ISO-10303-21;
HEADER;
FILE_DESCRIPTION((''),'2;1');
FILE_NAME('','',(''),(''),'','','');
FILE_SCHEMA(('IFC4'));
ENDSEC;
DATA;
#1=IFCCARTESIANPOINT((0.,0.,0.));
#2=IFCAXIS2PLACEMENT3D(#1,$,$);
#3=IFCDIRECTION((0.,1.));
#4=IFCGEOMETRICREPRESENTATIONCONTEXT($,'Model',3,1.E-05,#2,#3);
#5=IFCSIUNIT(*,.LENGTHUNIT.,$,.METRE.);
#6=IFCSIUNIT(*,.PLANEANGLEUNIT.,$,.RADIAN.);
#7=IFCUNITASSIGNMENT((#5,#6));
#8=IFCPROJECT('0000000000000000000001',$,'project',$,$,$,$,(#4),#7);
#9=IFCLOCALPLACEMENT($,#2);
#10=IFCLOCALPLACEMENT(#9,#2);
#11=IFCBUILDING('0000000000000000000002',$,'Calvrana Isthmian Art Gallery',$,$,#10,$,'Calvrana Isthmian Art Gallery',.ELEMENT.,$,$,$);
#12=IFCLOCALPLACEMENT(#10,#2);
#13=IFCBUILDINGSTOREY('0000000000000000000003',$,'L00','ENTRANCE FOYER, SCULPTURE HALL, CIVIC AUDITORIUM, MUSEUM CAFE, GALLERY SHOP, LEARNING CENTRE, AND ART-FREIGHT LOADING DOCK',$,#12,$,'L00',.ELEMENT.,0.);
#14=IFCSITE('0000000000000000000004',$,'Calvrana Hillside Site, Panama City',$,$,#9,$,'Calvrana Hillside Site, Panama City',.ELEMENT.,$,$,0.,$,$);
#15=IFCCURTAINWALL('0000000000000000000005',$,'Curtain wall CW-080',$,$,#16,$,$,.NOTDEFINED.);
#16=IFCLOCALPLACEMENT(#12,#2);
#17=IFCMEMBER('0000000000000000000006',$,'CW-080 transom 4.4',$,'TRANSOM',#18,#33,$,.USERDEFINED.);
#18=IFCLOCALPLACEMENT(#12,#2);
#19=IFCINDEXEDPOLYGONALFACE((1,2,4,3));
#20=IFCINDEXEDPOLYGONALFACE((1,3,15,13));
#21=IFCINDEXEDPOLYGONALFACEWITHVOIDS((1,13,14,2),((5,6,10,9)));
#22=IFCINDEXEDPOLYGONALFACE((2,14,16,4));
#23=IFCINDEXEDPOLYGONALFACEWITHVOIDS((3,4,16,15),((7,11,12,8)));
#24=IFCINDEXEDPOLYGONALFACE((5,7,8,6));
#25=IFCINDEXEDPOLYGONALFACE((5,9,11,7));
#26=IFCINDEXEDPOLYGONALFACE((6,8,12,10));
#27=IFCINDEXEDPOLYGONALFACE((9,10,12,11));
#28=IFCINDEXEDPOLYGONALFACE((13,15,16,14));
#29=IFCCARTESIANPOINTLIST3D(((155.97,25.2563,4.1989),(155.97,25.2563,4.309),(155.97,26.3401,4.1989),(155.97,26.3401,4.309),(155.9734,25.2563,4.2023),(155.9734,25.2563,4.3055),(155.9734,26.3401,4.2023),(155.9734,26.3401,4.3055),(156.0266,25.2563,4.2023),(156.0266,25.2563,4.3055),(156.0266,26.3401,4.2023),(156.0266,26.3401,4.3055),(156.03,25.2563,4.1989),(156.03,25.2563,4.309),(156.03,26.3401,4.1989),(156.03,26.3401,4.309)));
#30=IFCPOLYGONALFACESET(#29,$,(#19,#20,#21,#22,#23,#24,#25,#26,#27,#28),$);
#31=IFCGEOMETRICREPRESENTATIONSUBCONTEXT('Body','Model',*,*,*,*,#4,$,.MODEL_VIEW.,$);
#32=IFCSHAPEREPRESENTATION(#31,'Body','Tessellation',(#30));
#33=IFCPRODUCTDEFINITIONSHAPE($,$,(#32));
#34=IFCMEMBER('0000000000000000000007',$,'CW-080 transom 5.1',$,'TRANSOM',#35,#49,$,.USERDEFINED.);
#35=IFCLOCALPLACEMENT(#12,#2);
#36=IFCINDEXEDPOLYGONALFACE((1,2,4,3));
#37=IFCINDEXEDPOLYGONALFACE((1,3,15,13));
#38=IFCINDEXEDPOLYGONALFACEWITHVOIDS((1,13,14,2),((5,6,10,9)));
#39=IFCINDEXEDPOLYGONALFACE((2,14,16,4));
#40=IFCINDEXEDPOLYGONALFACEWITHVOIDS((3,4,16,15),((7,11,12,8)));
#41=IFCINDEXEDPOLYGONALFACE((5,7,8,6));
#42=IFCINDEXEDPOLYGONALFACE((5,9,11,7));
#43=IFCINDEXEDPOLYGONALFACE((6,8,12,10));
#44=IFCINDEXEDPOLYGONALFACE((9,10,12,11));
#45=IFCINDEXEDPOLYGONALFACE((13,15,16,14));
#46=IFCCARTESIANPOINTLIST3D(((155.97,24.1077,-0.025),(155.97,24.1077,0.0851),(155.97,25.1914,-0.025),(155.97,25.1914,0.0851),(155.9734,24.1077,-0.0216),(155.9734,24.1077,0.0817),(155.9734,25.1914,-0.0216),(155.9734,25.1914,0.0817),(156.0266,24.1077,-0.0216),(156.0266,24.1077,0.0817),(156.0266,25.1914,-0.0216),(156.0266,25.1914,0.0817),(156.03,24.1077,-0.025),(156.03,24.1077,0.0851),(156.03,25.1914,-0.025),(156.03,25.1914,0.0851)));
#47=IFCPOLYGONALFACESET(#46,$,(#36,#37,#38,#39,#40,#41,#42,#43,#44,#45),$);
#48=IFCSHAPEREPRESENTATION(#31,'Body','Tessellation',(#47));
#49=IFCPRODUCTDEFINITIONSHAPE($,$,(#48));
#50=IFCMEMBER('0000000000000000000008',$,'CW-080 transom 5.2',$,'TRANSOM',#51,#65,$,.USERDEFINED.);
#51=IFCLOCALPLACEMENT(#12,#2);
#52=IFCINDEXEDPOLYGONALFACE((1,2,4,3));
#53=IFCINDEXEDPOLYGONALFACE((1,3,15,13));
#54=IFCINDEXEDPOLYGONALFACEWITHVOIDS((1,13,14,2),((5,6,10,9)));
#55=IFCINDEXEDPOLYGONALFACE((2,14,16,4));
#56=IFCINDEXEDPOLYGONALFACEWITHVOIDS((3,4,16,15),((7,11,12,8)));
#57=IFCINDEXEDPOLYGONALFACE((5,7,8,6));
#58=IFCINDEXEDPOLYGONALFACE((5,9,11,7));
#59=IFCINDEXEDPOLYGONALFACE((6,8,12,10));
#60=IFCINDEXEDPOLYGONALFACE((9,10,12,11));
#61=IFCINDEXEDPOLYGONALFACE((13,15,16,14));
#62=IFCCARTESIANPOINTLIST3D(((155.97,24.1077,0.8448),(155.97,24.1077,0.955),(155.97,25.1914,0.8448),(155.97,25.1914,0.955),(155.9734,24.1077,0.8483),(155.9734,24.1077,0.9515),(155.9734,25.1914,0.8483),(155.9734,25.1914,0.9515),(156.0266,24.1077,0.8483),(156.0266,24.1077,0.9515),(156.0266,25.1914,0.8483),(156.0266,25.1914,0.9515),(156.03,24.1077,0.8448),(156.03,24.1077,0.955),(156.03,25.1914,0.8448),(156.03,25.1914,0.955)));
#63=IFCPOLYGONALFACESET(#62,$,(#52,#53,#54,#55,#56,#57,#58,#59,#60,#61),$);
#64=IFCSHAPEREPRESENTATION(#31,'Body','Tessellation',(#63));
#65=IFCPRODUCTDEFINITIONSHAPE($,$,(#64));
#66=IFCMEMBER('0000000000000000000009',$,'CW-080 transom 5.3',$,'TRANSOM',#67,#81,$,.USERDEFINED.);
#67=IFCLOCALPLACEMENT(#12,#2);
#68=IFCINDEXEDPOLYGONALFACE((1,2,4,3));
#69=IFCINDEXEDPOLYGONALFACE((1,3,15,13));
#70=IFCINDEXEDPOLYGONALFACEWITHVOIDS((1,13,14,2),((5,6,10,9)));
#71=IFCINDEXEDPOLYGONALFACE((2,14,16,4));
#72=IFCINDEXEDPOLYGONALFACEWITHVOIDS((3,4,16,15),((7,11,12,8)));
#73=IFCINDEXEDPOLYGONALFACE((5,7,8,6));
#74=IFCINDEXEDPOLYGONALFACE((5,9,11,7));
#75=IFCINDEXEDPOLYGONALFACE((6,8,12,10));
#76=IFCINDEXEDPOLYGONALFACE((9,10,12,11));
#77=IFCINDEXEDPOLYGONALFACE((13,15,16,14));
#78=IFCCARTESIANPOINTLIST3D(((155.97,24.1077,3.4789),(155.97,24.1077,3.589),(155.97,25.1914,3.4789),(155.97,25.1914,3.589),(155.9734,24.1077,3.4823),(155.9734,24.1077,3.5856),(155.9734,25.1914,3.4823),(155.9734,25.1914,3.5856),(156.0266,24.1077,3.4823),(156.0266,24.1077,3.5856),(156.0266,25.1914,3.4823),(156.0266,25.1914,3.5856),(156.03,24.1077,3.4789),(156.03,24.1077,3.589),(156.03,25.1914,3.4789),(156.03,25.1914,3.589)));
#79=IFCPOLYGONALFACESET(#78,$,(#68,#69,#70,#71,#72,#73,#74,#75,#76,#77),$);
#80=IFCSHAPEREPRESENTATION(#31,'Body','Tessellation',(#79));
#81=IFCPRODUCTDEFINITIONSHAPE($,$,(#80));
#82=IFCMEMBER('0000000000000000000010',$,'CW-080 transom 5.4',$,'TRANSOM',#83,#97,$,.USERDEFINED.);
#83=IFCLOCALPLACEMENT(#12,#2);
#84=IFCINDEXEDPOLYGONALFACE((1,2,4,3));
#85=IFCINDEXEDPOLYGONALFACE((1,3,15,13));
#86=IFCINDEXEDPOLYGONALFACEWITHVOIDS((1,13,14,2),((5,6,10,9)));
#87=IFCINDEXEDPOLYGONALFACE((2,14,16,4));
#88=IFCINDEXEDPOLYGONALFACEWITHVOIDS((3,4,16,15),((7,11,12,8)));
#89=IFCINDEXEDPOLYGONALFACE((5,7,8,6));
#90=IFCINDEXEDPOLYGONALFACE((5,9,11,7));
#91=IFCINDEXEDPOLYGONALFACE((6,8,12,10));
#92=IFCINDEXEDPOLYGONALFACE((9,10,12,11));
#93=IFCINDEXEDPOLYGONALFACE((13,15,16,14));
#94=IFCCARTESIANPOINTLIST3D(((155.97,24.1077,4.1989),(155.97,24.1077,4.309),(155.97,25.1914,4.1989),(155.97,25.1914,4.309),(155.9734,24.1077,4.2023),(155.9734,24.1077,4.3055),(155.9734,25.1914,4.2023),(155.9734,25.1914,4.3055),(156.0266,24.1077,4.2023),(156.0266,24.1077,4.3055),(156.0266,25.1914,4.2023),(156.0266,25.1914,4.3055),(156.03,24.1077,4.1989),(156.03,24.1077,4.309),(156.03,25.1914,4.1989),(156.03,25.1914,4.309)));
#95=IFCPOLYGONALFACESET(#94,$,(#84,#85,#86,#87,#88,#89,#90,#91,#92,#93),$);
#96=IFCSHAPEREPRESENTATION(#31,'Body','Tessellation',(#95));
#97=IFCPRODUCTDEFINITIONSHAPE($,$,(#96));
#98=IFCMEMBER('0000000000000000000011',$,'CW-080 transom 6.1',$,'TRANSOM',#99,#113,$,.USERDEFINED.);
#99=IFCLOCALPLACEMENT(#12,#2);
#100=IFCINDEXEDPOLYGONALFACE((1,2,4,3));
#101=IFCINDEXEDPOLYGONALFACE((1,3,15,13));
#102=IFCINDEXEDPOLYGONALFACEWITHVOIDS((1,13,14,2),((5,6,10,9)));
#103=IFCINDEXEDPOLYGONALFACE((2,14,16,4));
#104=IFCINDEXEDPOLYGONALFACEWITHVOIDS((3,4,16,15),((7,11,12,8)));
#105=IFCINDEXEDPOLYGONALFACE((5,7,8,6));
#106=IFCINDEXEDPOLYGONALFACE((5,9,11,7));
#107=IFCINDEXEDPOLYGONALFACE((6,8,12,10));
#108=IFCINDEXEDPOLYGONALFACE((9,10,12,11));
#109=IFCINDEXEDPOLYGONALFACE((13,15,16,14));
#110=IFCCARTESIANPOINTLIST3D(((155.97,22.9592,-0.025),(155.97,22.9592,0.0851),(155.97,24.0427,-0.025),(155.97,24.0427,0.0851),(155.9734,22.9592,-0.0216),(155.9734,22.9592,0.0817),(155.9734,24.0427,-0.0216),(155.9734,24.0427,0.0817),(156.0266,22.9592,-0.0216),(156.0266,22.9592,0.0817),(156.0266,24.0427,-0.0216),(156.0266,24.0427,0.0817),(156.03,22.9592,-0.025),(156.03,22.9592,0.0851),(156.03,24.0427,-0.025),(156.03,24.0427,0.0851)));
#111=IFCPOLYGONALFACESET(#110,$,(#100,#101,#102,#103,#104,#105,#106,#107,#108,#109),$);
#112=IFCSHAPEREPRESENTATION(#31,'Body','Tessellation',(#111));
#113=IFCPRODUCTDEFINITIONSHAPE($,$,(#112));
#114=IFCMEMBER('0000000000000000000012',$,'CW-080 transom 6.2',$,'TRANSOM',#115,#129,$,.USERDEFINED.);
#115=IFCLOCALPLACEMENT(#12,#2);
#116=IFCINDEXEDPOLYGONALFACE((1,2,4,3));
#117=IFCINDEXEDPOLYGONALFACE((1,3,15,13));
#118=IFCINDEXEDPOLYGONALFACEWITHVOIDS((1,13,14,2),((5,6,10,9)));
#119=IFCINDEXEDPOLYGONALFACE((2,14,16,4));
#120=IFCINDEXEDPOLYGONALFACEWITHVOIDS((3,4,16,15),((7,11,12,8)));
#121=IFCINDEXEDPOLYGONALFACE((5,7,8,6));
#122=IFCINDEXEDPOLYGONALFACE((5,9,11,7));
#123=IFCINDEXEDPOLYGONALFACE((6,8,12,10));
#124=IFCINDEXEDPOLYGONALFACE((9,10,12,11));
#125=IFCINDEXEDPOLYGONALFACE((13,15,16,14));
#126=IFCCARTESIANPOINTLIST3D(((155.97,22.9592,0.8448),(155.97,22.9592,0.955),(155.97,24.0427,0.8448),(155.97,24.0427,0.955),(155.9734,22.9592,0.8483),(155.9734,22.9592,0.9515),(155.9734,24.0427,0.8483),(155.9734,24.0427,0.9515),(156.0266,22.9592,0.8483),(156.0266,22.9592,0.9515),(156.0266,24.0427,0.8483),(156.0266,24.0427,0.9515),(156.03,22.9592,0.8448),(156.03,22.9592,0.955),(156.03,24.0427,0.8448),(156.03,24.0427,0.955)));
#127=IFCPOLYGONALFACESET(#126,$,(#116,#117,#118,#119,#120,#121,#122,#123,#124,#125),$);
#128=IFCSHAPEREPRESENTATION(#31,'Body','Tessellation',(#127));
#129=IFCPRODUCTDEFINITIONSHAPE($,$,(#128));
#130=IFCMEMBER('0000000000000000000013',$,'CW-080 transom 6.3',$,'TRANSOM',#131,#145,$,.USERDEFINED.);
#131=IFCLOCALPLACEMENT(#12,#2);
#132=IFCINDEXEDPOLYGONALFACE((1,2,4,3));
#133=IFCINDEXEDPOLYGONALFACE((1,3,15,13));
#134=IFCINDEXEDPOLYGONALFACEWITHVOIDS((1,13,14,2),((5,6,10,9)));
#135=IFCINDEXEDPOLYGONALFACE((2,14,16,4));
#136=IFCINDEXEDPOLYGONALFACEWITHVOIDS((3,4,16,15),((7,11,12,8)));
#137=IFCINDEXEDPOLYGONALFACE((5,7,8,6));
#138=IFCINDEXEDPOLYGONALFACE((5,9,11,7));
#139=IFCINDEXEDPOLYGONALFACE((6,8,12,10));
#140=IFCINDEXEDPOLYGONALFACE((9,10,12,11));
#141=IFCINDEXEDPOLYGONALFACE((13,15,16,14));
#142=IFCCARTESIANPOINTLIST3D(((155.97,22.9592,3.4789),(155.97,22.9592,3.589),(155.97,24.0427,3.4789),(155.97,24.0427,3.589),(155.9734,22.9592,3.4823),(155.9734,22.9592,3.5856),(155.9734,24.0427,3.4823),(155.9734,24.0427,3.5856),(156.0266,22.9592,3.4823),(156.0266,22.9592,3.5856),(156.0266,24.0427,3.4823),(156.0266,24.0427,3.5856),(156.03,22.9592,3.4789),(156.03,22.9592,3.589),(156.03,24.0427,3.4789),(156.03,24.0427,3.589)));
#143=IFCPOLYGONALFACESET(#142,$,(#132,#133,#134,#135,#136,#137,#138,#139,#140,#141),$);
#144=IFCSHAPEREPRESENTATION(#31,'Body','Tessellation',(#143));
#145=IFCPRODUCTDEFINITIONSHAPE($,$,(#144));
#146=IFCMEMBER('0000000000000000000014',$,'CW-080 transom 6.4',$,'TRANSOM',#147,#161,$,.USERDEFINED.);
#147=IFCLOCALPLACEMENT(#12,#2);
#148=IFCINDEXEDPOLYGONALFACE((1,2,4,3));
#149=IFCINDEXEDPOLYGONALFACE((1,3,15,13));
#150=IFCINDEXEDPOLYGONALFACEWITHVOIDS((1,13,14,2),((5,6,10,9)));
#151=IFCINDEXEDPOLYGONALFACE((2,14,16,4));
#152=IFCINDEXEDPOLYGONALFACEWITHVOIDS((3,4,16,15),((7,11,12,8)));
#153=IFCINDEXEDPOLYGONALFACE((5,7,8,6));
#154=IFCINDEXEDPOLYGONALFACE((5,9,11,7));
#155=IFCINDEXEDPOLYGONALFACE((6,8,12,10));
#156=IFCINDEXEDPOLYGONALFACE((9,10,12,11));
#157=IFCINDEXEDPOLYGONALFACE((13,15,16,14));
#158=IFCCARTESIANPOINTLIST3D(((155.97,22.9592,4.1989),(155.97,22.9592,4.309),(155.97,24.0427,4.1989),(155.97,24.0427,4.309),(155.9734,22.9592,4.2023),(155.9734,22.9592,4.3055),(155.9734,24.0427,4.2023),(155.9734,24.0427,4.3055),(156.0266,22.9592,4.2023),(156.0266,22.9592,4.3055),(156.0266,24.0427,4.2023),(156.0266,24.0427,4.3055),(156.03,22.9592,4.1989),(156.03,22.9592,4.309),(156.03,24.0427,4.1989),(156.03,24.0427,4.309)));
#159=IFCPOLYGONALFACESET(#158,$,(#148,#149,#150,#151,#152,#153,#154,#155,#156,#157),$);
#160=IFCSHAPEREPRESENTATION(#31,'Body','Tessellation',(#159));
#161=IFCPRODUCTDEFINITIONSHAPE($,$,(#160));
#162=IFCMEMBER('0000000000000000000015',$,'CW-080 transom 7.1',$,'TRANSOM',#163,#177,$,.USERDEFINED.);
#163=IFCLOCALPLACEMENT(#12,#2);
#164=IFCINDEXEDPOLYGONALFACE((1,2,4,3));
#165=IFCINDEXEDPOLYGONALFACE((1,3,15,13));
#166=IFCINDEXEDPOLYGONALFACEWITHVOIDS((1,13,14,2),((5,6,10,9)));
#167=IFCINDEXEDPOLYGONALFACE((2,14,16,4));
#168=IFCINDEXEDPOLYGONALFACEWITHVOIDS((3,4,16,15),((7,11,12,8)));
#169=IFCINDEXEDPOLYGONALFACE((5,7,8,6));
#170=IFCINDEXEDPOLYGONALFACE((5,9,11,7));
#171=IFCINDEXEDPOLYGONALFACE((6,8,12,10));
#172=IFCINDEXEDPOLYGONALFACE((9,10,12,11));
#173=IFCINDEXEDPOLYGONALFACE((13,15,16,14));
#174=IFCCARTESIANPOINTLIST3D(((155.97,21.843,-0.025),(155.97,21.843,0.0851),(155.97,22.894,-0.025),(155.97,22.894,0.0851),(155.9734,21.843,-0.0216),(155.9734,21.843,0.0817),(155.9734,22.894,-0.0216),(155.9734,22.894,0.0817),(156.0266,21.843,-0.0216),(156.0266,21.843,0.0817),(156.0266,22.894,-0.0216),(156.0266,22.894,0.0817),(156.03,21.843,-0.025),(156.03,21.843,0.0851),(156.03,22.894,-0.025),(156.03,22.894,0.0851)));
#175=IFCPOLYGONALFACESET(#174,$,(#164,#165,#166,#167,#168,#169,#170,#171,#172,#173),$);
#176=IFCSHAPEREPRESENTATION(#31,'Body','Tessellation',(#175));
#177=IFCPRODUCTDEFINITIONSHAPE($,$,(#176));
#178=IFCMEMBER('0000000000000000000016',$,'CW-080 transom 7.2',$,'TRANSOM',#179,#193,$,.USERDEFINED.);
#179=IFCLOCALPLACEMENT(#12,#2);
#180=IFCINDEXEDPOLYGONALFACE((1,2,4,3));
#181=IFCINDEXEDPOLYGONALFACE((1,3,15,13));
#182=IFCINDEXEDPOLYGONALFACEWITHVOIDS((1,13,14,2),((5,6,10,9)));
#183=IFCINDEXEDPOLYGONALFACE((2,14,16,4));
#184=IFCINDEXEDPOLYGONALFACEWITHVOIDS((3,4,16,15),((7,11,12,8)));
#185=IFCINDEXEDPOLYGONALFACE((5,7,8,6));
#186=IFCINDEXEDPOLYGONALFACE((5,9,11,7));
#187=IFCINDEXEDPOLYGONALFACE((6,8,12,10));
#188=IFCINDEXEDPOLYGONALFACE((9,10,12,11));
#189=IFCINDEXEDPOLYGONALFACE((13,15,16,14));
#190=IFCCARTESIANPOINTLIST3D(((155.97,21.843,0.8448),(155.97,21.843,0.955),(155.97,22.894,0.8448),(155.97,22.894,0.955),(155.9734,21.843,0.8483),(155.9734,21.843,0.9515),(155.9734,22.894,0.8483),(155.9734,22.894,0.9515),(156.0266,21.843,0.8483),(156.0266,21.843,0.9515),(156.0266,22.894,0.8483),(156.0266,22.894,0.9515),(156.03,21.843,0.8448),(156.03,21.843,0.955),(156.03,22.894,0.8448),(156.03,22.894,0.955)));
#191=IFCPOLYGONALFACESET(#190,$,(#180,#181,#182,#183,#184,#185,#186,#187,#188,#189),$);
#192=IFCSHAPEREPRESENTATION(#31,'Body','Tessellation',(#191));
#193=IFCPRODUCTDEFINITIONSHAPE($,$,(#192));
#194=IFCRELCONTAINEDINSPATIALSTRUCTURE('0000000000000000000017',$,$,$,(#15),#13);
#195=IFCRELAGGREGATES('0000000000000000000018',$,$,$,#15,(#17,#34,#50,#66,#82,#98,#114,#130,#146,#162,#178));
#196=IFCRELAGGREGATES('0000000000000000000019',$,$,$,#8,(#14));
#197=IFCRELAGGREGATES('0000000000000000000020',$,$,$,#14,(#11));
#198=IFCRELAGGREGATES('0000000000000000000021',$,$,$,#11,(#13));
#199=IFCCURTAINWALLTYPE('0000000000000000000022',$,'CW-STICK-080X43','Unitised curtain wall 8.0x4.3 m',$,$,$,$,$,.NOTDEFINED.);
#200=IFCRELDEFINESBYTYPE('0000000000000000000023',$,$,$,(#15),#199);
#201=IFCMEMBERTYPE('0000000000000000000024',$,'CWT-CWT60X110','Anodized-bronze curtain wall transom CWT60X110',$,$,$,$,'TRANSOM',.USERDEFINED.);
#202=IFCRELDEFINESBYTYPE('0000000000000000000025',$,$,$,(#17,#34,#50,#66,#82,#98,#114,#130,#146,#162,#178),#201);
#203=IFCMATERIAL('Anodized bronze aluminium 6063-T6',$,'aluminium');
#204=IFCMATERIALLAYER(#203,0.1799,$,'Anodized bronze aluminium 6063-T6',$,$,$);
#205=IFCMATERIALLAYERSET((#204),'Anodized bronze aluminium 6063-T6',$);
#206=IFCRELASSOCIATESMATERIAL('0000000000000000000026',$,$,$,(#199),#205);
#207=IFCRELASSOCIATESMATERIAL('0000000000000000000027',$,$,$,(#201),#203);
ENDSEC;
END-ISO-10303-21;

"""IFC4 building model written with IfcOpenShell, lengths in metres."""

from ifc_helpers import new_model, si_unit, direction, frame, origin, origin_2d, place, context, subcontext, project, spatial, hollow_rectangle, extrude, material, layer, layer_set, material_profile, profile_set, type_object, element, aggregate, save


model = new_model("IFC4")

# Units and contexts
model_context = context("Model", 3, precision=1e-05, world=origin(), true_north=direction((0.0, 1.0)))
body_context = subcontext(model_context, "Body", "Model", "MODEL_VIEW")
ifc_project = project(units=[si_unit("LENGTHUNIT", "METRE"), si_unit("PLANEANGLEUNIT", "RADIAN")], contexts=[model_context])

# Site, building, storey
site_placement = place(None, origin())
site = spatial("IfcSite", under=ifc_project, at=site_placement, Name="Calvrana Hillside Site, Panama City", LongName="Calvrana Hillside Site, Panama City", CompositionType="ELEMENT", RefElevation=0.0)
building_placement = place(site_placement, origin())
building = spatial("IfcBuilding", under=site, at=building_placement, Name="Calvrana Isthmian Art Gallery", LongName="Calvrana Isthmian Art Gallery", CompositionType="ELEMENT")
storey_placement = place(building_placement, origin())
storey = spatial("IfcBuildingStorey", under=building, at=storey_placement, Name="L00", Description="ENTRANCE FOYER, SCULPTURE HALL, CIVIC AUDITORIUM, MUSEUM CAFE, GALLERY SHOP, LEARNING CENTRE, AND ART-FREIGHT LOADING DOCK", LongName="L00", CompositionType="ELEMENT", Elevation=0.0)

# Curtain wall, members
ifc_material_1 = material(Name="Anodized bronze aluminium 6063-T6", Category="aluminium")
ifc_layer_1 = layer(ifc_material_1, 0.1799, Name="Anodized bronze aluminium 6063-T6")
ifc_layer_set_1 = layer_set([ifc_layer_1], Name="Anodized bronze aluminium 6063-T6")
curtain_wall_type = type_object("IfcCurtainWallType", Name="CW-STICK-080X43", Description="Unitised curtain wall 8.0x4.3 m", PredefinedType="NOTDEFINED", material=ifc_layer_set_1)
curtain_wall_placement = place(storey_placement, origin())
curtain_wall = element("IfcCurtainWall", 1, at=curtain_wall_placement, inside=storey, type_object=curtain_wall_type, Name="Curtain wall CW-080", PredefinedType="NOTDEFINED")
ifc_material_profile_1 = material_profile(ifc_material_1, hollow_rectangle(XDim=0.0601, YDim=0.1101, WallThickness=0.0034, at=origin_2d()), Name="CWT60X110")
ifc_profile_set_1 = profile_set([ifc_material_profile_1], Name="Anodized bronze aluminium 6063-T6")
member_type_1 = type_object("IfcMemberType", Name="CWT-CWT60X110", Description="Anodized-bronze curtain wall transom CWT60X110", ElementType="TRANSOM", PredefinedType="USERDEFINED", material=ifc_profile_set_1)
member_1_placement = place(storey_placement, frame((156.0, 26.3401, 4.2539), z_axis=(0.0, -1.0, 0.0), x_axis=(1.0, 0.0, 0.0)))
member_1 = element("IfcMember", 2, at=member_1_placement, type_object=member_type_1, Name="CW-080 transom 4.4", ObjectType="TRANSOM", PredefinedType="USERDEFINED", context=body_context, shape_type="SweptSolid", body=[
    extrude(hollow_rectangle(XDim=0.0601, YDim=0.1101, WallThickness=0.0034, at=origin_2d()), origin(), (0.0, 0.0, 1.0), 1.0837),
])
member_2_placement = place(storey_placement, frame((156.0, 25.1914, 0.03), z_axis=(0.0, -1.0, 0.0), x_axis=(1.0, 0.0, 0.0)))
member_2 = element("IfcMember", 3, at=member_2_placement, type_object=member_type_1, Name="CW-080 transom 5.1", ObjectType="TRANSOM", PredefinedType="USERDEFINED", context=body_context, shape_type="SweptSolid", body=[
    extrude(hollow_rectangle(XDim=0.0601, YDim=0.1101, WallThickness=0.0034, at=origin_2d()), origin(), (0.0, 0.0, 1.0), 1.0837),
])
member_3_placement = place(storey_placement, frame((156.0, 25.1914, 0.8999), z_axis=(0.0, -1.0, 0.0), x_axis=(1.0, 0.0, 0.0)))
member_3 = element("IfcMember", 4, at=member_3_placement, type_object=member_type_1, Name="CW-080 transom 5.2", ObjectType="TRANSOM", PredefinedType="USERDEFINED", context=body_context, shape_type="SweptSolid", body=[
    extrude(hollow_rectangle(XDim=0.0601, YDim=0.1101, WallThickness=0.0034, at=origin_2d()), origin(), (0.0, 0.0, 1.0), 1.0837),
])
member_4_placement = place(storey_placement, frame((156.0, 25.1914, 3.5339), z_axis=(0.0, -1.0, 0.0), x_axis=(1.0, 0.0, 0.0)))
member_4 = element("IfcMember", 5, at=member_4_placement, type_object=member_type_1, Name="CW-080 transom 5.3", ObjectType="TRANSOM", PredefinedType="USERDEFINED", context=body_context, shape_type="SweptSolid", body=[
    extrude(hollow_rectangle(XDim=0.0601, YDim=0.1101, WallThickness=0.0034, at=origin_2d()), origin(), (0.0, 0.0, 1.0), 1.0837),
])
member_5_placement = place(storey_placement, frame((156.0, 25.1914, 4.2539), z_axis=(0.0, -1.0, 0.0), x_axis=(1.0, 0.0, 0.0)))
member_5 = element("IfcMember", 6, at=member_5_placement, type_object=member_type_1, Name="CW-080 transom 5.4", ObjectType="TRANSOM", PredefinedType="USERDEFINED", context=body_context, shape_type="SweptSolid", body=[
    extrude(hollow_rectangle(XDim=0.0601, YDim=0.1101, WallThickness=0.0034, at=origin_2d()), origin(), (0.0, 0.0, 1.0), 1.0837),
])
member_6_placement = place(storey_placement, frame((156.0, 24.0427, 0.03), z_axis=(0.0, -1.0, 0.0), x_axis=(1.0, 0.0, 0.0)))
member_6 = element("IfcMember", 7, at=member_6_placement, type_object=member_type_1, Name="CW-080 transom 6.1", ObjectType="TRANSOM", PredefinedType="USERDEFINED", context=body_context, shape_type="SweptSolid", body=[
    extrude(hollow_rectangle(XDim=0.0601, YDim=0.1101, WallThickness=0.0034, at=origin_2d()), origin(), (0.0, 0.0, 1.0), 1.0835),
])
member_7_placement = place(storey_placement, frame((156.0, 24.0427, 0.8999), z_axis=(0.0, -1.0, 0.0), x_axis=(1.0, 0.0, 0.0)))
member_7 = element("IfcMember", 8, at=member_7_placement, type_object=member_type_1, Name="CW-080 transom 6.2", ObjectType="TRANSOM", PredefinedType="USERDEFINED", context=body_context, shape_type="SweptSolid", body=[
    extrude(hollow_rectangle(XDim=0.0601, YDim=0.1101, WallThickness=0.0034, at=origin_2d()), origin(), (0.0, 0.0, 1.0), 1.0835),
])
member_8_placement = place(storey_placement, frame((156.0, 24.0427, 3.5339), z_axis=(0.0, -1.0, 0.0), x_axis=(1.0, 0.0, 0.0)))
member_8 = element("IfcMember", 9, at=member_8_placement, type_object=member_type_1, Name="CW-080 transom 6.3", ObjectType="TRANSOM", PredefinedType="USERDEFINED", context=body_context, shape_type="SweptSolid", body=[
    extrude(hollow_rectangle(XDim=0.0601, YDim=0.1101, WallThickness=0.0034, at=origin_2d()), origin(), (0.0, 0.0, 1.0), 1.0835),
])
member_9_placement = place(storey_placement, frame((156.0, 24.0427, 4.2539), z_axis=(0.0, -1.0, 0.0), x_axis=(1.0, 0.0, 0.0)))
member_9 = element("IfcMember", 10, at=member_9_placement, type_object=member_type_1, Name="CW-080 transom 6.4", ObjectType="TRANSOM", PredefinedType="USERDEFINED", context=body_context, shape_type="SweptSolid", body=[
    extrude(hollow_rectangle(XDim=0.0601, YDim=0.1101, WallThickness=0.0034, at=origin_2d()), origin(), (0.0, 0.0, 1.0), 1.0835),
])
member_10_placement = place(storey_placement, frame((156.0, 22.894, 0.03), z_axis=(0.0, -1.0, 0.0), x_axis=(1.0, 0.0, 0.0)))
member_10 = element("IfcMember", 11, at=member_10_placement, type_object=member_type_1, Name="CW-080 transom 7.1", ObjectType="TRANSOM", PredefinedType="USERDEFINED", context=body_context, shape_type="SweptSolid", body=[
    extrude(hollow_rectangle(XDim=0.0601, YDim=0.1101, WallThickness=0.0034, at=origin_2d()), origin(), (0.0, 0.0, 1.0), 1.051),
])
member_11_placement = place(storey_placement, frame((156.0, 22.894, 0.8999), z_axis=(0.0, -1.0, 0.0), x_axis=(1.0, 0.0, 0.0)))
member_11 = element("IfcMember", 12, at=member_11_placement, type_object=member_type_1, Name="CW-080 transom 7.2", ObjectType="TRANSOM", PredefinedType="USERDEFINED", context=body_context, shape_type="SweptSolid", body=[
    extrude(hollow_rectangle(XDim=0.0601, YDim=0.1101, WallThickness=0.0034, at=origin_2d()), origin(), (0.0, 0.0, 1.0), 1.051),
])
aggregate(curtain_wall, [member_1, member_2, member_3, member_4, member_5, member_6, member_7, member_8, member_9, member_10, member_11])

save(model, "model.ifc")
